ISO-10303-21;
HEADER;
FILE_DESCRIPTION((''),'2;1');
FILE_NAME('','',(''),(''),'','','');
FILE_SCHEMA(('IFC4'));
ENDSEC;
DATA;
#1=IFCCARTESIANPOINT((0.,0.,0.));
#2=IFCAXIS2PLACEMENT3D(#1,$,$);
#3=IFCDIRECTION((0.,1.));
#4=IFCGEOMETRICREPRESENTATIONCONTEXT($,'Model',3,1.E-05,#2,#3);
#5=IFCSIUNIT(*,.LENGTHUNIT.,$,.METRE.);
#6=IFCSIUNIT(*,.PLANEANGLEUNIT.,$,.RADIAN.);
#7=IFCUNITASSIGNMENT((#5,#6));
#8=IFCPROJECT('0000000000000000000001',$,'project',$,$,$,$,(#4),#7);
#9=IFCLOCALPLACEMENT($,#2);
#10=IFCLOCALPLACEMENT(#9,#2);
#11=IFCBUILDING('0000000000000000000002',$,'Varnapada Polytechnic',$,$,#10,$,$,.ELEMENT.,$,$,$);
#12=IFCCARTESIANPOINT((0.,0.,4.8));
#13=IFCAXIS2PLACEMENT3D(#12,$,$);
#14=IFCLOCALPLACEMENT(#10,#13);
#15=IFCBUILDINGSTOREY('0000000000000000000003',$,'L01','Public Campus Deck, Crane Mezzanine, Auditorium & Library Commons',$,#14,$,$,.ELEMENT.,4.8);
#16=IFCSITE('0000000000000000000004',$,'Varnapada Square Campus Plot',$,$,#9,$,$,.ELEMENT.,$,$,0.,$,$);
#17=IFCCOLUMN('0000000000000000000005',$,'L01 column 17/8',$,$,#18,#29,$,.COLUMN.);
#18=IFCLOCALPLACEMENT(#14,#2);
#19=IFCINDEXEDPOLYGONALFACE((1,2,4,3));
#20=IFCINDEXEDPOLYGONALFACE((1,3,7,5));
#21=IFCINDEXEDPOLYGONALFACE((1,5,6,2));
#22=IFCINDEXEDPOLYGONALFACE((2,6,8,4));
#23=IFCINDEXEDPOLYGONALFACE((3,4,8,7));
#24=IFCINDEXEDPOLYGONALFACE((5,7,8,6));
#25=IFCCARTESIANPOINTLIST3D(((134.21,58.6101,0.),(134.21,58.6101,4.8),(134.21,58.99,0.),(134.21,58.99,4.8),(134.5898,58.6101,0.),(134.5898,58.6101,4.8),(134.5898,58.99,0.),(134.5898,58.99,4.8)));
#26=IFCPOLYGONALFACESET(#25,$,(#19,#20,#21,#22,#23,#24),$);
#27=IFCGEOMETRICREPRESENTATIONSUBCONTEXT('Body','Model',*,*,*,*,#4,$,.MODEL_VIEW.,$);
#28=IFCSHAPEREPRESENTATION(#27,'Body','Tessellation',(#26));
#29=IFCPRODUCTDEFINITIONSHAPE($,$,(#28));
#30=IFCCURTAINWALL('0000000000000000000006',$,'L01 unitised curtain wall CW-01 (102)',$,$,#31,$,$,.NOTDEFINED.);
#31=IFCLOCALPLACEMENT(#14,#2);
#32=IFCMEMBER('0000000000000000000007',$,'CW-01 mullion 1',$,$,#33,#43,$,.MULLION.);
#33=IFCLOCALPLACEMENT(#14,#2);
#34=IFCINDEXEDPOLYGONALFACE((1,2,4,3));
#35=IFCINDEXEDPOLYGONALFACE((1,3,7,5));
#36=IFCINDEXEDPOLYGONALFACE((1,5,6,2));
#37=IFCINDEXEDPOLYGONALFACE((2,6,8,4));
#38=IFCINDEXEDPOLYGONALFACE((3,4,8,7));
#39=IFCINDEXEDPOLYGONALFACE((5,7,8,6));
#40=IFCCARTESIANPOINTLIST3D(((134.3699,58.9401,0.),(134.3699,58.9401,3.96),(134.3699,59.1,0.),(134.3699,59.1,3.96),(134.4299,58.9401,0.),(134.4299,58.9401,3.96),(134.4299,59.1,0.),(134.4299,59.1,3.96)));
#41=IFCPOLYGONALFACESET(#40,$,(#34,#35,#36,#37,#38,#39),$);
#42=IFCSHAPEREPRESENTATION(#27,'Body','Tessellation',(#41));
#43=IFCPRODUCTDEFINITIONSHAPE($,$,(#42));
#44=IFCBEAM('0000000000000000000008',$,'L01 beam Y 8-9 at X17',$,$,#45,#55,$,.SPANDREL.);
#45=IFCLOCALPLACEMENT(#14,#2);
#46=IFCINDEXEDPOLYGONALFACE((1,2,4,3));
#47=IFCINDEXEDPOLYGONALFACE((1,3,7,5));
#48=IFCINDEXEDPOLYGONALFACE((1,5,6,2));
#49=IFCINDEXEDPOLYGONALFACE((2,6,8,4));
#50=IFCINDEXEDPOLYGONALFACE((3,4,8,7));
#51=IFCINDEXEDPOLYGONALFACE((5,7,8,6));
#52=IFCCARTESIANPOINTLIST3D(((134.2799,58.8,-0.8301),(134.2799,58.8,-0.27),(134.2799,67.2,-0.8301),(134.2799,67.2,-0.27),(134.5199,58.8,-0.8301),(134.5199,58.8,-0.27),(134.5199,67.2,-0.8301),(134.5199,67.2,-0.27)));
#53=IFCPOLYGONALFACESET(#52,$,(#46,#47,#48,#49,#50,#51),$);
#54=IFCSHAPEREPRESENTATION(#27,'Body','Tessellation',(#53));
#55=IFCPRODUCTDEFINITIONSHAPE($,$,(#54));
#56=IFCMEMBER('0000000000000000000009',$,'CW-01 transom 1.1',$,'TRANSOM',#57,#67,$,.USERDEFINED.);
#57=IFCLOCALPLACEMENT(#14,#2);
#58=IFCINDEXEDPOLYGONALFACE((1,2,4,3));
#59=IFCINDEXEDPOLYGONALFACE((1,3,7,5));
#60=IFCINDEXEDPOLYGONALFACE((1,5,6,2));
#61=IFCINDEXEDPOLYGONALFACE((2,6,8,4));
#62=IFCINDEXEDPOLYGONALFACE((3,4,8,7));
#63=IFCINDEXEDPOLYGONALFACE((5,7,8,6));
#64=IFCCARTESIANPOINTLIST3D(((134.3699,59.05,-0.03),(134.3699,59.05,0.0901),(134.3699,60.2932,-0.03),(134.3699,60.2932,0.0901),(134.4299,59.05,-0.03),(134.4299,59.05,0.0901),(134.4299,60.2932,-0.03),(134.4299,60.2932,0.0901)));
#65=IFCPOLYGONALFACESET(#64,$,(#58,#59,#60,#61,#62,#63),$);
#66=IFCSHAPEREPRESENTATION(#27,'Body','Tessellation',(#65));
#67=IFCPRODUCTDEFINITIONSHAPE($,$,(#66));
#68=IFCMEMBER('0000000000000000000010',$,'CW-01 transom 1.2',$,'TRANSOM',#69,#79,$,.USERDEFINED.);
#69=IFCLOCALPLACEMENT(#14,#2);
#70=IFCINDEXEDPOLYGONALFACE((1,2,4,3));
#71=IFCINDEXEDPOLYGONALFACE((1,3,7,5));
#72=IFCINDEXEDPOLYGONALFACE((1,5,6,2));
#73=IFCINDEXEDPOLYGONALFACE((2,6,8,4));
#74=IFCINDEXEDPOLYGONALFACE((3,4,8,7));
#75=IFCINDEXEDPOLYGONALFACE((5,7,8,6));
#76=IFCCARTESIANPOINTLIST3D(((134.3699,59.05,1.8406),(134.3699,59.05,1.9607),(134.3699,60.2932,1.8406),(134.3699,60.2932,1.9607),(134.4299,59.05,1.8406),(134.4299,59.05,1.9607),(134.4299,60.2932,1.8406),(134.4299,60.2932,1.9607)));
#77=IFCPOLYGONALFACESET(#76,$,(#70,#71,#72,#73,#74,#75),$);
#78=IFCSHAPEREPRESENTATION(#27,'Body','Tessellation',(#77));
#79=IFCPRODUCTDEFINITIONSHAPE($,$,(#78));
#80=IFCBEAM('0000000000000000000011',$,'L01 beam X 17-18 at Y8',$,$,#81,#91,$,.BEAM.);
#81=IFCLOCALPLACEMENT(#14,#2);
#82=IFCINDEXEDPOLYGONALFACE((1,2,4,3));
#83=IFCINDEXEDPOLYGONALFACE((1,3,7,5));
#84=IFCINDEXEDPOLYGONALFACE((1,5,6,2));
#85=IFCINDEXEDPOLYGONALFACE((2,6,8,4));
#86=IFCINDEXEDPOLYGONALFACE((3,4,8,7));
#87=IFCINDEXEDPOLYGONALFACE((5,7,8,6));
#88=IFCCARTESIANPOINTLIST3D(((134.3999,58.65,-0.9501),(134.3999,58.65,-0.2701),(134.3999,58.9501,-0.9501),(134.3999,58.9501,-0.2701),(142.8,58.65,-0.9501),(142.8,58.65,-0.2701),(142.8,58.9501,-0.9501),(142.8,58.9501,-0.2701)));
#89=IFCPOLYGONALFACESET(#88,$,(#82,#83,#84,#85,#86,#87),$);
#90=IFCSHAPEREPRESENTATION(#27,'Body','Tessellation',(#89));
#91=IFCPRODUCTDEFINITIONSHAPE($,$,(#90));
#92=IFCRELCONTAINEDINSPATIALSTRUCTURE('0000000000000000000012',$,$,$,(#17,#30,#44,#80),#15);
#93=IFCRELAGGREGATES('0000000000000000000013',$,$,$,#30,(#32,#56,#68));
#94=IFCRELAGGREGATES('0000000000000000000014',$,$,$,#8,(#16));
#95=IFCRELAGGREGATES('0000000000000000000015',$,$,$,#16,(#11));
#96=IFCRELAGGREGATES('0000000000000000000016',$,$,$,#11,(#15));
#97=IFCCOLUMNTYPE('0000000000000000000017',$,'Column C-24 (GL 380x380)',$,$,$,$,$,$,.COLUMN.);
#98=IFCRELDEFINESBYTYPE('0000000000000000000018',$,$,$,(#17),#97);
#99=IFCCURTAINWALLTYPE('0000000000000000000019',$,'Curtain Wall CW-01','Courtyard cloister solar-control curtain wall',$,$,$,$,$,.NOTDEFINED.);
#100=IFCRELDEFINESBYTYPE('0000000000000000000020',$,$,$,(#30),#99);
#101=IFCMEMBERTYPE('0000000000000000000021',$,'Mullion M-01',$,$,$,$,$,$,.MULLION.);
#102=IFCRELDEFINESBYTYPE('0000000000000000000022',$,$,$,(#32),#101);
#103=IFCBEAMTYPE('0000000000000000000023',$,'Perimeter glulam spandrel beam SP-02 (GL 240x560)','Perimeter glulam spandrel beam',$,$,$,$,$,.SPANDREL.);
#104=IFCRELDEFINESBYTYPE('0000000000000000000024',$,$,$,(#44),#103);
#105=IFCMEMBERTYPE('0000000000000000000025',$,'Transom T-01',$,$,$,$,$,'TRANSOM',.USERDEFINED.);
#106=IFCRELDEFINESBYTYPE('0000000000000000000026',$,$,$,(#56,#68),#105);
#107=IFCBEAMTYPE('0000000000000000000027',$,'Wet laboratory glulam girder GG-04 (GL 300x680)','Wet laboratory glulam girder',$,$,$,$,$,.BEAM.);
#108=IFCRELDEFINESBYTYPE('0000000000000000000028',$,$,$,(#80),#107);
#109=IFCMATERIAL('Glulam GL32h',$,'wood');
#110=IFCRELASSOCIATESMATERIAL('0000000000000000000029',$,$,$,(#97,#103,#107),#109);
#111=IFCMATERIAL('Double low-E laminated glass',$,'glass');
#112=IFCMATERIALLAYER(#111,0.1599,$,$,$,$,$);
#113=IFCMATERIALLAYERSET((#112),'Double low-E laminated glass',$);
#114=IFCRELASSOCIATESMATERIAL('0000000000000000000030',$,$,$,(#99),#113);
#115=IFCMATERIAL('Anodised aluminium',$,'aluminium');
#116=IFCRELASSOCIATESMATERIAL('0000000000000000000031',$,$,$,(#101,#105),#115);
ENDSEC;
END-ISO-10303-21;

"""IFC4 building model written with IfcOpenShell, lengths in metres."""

from ifc_helpers import new_model, si_unit, direction, frame, origin, origin_2d, place, context, subcontext, project, spatial, rectangle, extrude, material, layer, layer_set, material_profile, profile_set, type_object, element, aggregate, save


model = new_model("IFC4")

# Units and contexts
model_context = context("Model", 3, precision=1e-05, world=origin(), true_north=direction((0.0, 1.0)))
body_context = subcontext(model_context, "Body", "Model", "MODEL_VIEW")
ifc_project = project(units=[si_unit("LENGTHUNIT", "METRE"), si_unit("PLANEANGLEUNIT", "RADIAN")], contexts=[model_context])

# Site, building, storey
site_placement = place(None, origin())
site = spatial("IfcSite", under=ifc_project, at=site_placement, Name="Varnapada Square Campus Plot", CompositionType="ELEMENT", RefElevation=0.0)
building_placement = place(site_placement, origin())
building = spatial("IfcBuilding", under=site, at=building_placement, Name="Varnapada Polytechnic", CompositionType="ELEMENT")
storey_placement = place(building_placement, frame((0.0, 0.0, 4.8)))
storey = spatial("IfcBuildingStorey", under=building, at=storey_placement, Name="L01", Description="Public Campus Deck, Crane Mezzanine, Auditorium & Library Commons", CompositionType="ELEMENT", Elevation=4.8)

# Column
ifc_material_1 = material(Name="Glulam GL32h", Category="wood")
ifc_material_profile_1 = material_profile(ifc_material_1, rectangle(XDim=0.3799, YDim=0.3799, at=origin_2d()), Name="GL 380x380")
ifc_profile_set_1 = profile_set([ifc_material_profile_1], Name="Glulam GL32h")
column_type = type_object("IfcColumnType", Name="Column C-24 (GL 380x380)", PredefinedType="COLUMN", material=ifc_profile_set_1)
column_placement = place(storey_placement, frame((134.3999, 58.8, 0.0), z_axis=(0.0, 0.0, 1.0), x_axis=(1.0, 0.0, 0.0)))
element("IfcColumn", 1, at=column_placement, inside=storey, type_object=column_type, Name="L01 column 17/8", PredefinedType="COLUMN", context=body_context, shape_type="SweptSolid", body=[
    extrude(rectangle(XDim=0.3799, YDim=0.3799, at=origin_2d()), origin(), (0.0, 0.0, 1.0), 4.8),
])

# Curtain wall, member
ifc_material_2 = material(Name="Double low-E laminated glass", Category="glass")
ifc_layer_1 = layer(ifc_material_2, 0.1599)
ifc_layer_set_1 = layer_set([ifc_layer_1], Name="Double low-E laminated glass")
curtain_wall_type = type_object("IfcCurtainWallType", Name="Curtain Wall CW-01", Description="Courtyard cloister solar-control curtain wall", PredefinedType="NOTDEFINED", material=ifc_layer_set_1)
curtain_wall_placement = place(storey_placement, origin())
curtain_wall = element("IfcCurtainWall", 2, at=curtain_wall_placement, inside=storey, type_object=curtain_wall_type, Name="L01 unitised curtain wall CW-01 (102)", PredefinedType="NOTDEFINED")
ifc_material_3 = material(Name="Anodised aluminium", Category="aluminium")
ifc_material_profile_2 = material_profile(ifc_material_3, rectangle(XDim=0.0601, YDim=0.1599, at=origin_2d()), Name="ALU M60x160")
ifc_profile_set_2 = profile_set([ifc_material_profile_2], Name="Anodised aluminium")
member_type_1 = type_object("IfcMemberType", Name="Mullion M-01", PredefinedType="MULLION", material=ifc_profile_set_2)
member_1_placement = place(storey_placement, frame((134.3999, 59.02, 0.0), z_axis=(0.0, 0.0, 1.0), x_axis=(-1.0, 0.0, 0.0)))
member_1 = element("IfcMember", 3, at=member_1_placement, type_object=member_type_1, Name="CW-01 mullion 1", PredefinedType="MULLION", context=body_context, shape_type="SweptSolid", body=[
    extrude(rectangle(XDim=0.0601, YDim=0.1599, at=origin_2d()), origin(), (0.0, 0.0, 1.0), 3.96),
])

# Beam
ifc_material_profile_3 = material_profile(ifc_material_1, rectangle(XDim=0.24, YDim=0.5601, at=origin_2d()), Name="GL 240x560")
ifc_profile_set_3 = profile_set([ifc_material_profile_3], Name="Glulam GL32h")
beam_type_1 = type_object("IfcBeamType", Name="Perimeter glulam spandrel beam SP-02 (GL 240x560)", Description="Perimeter glulam spandrel beam", PredefinedType="SPANDREL", material=ifc_profile_set_3)
beam_1_placement = place(storey_placement, frame((134.3999, 58.8, -0.55), z_axis=(0.0, 1.0, 0.0), x_axis=(-1.0, 0.0, 0.0)))
element("IfcBeam", 4, at=beam_1_placement, inside=storey, type_object=beam_type_1, Name="L01 beam Y 8-9 at X17", PredefinedType="SPANDREL", context=body_context, shape_type="SweptSolid", body=[
    extrude(rectangle(XDim=0.24, YDim=0.5601, at=origin_2d()), origin(), (0.0, 0.0, 1.0), 8.3999),
])

# Members
ifc_material_profile_4 = material_profile(ifc_material_3, rectangle(XDim=0.0601, YDim=0.1201, at=origin_2d()), Name="ALU T60x120")
ifc_profile_set_4 = profile_set([ifc_material_profile_4], Name="Anodised aluminium")
member_type_2 = type_object("IfcMemberType", Name="Transom T-01", ElementType="TRANSOM", PredefinedType="USERDEFINED", material=ifc_profile_set_4)
member_2_placement = place(storey_placement, frame((134.3999, 59.05, 0.03), z_axis=(0.0, 1.0, 0.0), x_axis=(-1.0, 0.0, 0.0)))
member_2 = element("IfcMember", 5, at=member_2_placement, type_object=member_type_2, Name="CW-01 transom 1.1", ObjectType="TRANSOM", PredefinedType="USERDEFINED", context=body_context, shape_type="SweptSolid", body=[
    extrude(rectangle(XDim=0.0601, YDim=0.1201, at=origin_2d()), origin(), (0.0, 0.0, 1.0), 1.2432),
])
member_3_placement = place(storey_placement, frame((134.3999, 59.05, 1.9006), z_axis=(0.0, 1.0, 0.0), x_axis=(-1.0, 0.0, 0.0)))
member_3 = element("IfcMember", 6, at=member_3_placement, type_object=member_type_2, Name="CW-01 transom 1.2", ObjectType="TRANSOM", PredefinedType="USERDEFINED", context=body_context, shape_type="SweptSolid", body=[
    extrude(rectangle(XDim=0.0601, YDim=0.1201, at=origin_2d()), origin(), (0.0, 0.0, 1.0), 1.2432),
])
aggregate(curtain_wall, [member_1, member_2, member_3])

# Beam
ifc_material_profile_5 = material_profile(ifc_material_1, rectangle(XDim=0.3, YDim=0.6799, at=origin_2d()), Name="GL 300x680")
ifc_profile_set_5 = profile_set([ifc_material_profile_5], Name="Glulam GL32h")
beam_type_2 = type_object("IfcBeamType", Name="Wet laboratory glulam girder GG-04 (GL 300x680)", Description="Wet laboratory glulam girder", PredefinedType="BEAM", material=ifc_profile_set_5)
beam_2_placement = place(storey_placement, frame((134.3999, 58.8, -0.6101), z_axis=(1.0, 0.0, 0.0), x_axis=(0.0, 1.0, 0.0)))
element("IfcBeam", 7, at=beam_2_placement, inside=storey, type_object=beam_type_2, Name="L01 beam X 17-18 at Y8", PredefinedType="BEAM", context=body_context, shape_type="SweptSolid", body=[
    extrude(rectangle(XDim=0.3, YDim=0.6799, at=origin_2d()), origin(), (0.0, 0.0, 1.0), 8.4001),
])

save(model, "model.ifc")
